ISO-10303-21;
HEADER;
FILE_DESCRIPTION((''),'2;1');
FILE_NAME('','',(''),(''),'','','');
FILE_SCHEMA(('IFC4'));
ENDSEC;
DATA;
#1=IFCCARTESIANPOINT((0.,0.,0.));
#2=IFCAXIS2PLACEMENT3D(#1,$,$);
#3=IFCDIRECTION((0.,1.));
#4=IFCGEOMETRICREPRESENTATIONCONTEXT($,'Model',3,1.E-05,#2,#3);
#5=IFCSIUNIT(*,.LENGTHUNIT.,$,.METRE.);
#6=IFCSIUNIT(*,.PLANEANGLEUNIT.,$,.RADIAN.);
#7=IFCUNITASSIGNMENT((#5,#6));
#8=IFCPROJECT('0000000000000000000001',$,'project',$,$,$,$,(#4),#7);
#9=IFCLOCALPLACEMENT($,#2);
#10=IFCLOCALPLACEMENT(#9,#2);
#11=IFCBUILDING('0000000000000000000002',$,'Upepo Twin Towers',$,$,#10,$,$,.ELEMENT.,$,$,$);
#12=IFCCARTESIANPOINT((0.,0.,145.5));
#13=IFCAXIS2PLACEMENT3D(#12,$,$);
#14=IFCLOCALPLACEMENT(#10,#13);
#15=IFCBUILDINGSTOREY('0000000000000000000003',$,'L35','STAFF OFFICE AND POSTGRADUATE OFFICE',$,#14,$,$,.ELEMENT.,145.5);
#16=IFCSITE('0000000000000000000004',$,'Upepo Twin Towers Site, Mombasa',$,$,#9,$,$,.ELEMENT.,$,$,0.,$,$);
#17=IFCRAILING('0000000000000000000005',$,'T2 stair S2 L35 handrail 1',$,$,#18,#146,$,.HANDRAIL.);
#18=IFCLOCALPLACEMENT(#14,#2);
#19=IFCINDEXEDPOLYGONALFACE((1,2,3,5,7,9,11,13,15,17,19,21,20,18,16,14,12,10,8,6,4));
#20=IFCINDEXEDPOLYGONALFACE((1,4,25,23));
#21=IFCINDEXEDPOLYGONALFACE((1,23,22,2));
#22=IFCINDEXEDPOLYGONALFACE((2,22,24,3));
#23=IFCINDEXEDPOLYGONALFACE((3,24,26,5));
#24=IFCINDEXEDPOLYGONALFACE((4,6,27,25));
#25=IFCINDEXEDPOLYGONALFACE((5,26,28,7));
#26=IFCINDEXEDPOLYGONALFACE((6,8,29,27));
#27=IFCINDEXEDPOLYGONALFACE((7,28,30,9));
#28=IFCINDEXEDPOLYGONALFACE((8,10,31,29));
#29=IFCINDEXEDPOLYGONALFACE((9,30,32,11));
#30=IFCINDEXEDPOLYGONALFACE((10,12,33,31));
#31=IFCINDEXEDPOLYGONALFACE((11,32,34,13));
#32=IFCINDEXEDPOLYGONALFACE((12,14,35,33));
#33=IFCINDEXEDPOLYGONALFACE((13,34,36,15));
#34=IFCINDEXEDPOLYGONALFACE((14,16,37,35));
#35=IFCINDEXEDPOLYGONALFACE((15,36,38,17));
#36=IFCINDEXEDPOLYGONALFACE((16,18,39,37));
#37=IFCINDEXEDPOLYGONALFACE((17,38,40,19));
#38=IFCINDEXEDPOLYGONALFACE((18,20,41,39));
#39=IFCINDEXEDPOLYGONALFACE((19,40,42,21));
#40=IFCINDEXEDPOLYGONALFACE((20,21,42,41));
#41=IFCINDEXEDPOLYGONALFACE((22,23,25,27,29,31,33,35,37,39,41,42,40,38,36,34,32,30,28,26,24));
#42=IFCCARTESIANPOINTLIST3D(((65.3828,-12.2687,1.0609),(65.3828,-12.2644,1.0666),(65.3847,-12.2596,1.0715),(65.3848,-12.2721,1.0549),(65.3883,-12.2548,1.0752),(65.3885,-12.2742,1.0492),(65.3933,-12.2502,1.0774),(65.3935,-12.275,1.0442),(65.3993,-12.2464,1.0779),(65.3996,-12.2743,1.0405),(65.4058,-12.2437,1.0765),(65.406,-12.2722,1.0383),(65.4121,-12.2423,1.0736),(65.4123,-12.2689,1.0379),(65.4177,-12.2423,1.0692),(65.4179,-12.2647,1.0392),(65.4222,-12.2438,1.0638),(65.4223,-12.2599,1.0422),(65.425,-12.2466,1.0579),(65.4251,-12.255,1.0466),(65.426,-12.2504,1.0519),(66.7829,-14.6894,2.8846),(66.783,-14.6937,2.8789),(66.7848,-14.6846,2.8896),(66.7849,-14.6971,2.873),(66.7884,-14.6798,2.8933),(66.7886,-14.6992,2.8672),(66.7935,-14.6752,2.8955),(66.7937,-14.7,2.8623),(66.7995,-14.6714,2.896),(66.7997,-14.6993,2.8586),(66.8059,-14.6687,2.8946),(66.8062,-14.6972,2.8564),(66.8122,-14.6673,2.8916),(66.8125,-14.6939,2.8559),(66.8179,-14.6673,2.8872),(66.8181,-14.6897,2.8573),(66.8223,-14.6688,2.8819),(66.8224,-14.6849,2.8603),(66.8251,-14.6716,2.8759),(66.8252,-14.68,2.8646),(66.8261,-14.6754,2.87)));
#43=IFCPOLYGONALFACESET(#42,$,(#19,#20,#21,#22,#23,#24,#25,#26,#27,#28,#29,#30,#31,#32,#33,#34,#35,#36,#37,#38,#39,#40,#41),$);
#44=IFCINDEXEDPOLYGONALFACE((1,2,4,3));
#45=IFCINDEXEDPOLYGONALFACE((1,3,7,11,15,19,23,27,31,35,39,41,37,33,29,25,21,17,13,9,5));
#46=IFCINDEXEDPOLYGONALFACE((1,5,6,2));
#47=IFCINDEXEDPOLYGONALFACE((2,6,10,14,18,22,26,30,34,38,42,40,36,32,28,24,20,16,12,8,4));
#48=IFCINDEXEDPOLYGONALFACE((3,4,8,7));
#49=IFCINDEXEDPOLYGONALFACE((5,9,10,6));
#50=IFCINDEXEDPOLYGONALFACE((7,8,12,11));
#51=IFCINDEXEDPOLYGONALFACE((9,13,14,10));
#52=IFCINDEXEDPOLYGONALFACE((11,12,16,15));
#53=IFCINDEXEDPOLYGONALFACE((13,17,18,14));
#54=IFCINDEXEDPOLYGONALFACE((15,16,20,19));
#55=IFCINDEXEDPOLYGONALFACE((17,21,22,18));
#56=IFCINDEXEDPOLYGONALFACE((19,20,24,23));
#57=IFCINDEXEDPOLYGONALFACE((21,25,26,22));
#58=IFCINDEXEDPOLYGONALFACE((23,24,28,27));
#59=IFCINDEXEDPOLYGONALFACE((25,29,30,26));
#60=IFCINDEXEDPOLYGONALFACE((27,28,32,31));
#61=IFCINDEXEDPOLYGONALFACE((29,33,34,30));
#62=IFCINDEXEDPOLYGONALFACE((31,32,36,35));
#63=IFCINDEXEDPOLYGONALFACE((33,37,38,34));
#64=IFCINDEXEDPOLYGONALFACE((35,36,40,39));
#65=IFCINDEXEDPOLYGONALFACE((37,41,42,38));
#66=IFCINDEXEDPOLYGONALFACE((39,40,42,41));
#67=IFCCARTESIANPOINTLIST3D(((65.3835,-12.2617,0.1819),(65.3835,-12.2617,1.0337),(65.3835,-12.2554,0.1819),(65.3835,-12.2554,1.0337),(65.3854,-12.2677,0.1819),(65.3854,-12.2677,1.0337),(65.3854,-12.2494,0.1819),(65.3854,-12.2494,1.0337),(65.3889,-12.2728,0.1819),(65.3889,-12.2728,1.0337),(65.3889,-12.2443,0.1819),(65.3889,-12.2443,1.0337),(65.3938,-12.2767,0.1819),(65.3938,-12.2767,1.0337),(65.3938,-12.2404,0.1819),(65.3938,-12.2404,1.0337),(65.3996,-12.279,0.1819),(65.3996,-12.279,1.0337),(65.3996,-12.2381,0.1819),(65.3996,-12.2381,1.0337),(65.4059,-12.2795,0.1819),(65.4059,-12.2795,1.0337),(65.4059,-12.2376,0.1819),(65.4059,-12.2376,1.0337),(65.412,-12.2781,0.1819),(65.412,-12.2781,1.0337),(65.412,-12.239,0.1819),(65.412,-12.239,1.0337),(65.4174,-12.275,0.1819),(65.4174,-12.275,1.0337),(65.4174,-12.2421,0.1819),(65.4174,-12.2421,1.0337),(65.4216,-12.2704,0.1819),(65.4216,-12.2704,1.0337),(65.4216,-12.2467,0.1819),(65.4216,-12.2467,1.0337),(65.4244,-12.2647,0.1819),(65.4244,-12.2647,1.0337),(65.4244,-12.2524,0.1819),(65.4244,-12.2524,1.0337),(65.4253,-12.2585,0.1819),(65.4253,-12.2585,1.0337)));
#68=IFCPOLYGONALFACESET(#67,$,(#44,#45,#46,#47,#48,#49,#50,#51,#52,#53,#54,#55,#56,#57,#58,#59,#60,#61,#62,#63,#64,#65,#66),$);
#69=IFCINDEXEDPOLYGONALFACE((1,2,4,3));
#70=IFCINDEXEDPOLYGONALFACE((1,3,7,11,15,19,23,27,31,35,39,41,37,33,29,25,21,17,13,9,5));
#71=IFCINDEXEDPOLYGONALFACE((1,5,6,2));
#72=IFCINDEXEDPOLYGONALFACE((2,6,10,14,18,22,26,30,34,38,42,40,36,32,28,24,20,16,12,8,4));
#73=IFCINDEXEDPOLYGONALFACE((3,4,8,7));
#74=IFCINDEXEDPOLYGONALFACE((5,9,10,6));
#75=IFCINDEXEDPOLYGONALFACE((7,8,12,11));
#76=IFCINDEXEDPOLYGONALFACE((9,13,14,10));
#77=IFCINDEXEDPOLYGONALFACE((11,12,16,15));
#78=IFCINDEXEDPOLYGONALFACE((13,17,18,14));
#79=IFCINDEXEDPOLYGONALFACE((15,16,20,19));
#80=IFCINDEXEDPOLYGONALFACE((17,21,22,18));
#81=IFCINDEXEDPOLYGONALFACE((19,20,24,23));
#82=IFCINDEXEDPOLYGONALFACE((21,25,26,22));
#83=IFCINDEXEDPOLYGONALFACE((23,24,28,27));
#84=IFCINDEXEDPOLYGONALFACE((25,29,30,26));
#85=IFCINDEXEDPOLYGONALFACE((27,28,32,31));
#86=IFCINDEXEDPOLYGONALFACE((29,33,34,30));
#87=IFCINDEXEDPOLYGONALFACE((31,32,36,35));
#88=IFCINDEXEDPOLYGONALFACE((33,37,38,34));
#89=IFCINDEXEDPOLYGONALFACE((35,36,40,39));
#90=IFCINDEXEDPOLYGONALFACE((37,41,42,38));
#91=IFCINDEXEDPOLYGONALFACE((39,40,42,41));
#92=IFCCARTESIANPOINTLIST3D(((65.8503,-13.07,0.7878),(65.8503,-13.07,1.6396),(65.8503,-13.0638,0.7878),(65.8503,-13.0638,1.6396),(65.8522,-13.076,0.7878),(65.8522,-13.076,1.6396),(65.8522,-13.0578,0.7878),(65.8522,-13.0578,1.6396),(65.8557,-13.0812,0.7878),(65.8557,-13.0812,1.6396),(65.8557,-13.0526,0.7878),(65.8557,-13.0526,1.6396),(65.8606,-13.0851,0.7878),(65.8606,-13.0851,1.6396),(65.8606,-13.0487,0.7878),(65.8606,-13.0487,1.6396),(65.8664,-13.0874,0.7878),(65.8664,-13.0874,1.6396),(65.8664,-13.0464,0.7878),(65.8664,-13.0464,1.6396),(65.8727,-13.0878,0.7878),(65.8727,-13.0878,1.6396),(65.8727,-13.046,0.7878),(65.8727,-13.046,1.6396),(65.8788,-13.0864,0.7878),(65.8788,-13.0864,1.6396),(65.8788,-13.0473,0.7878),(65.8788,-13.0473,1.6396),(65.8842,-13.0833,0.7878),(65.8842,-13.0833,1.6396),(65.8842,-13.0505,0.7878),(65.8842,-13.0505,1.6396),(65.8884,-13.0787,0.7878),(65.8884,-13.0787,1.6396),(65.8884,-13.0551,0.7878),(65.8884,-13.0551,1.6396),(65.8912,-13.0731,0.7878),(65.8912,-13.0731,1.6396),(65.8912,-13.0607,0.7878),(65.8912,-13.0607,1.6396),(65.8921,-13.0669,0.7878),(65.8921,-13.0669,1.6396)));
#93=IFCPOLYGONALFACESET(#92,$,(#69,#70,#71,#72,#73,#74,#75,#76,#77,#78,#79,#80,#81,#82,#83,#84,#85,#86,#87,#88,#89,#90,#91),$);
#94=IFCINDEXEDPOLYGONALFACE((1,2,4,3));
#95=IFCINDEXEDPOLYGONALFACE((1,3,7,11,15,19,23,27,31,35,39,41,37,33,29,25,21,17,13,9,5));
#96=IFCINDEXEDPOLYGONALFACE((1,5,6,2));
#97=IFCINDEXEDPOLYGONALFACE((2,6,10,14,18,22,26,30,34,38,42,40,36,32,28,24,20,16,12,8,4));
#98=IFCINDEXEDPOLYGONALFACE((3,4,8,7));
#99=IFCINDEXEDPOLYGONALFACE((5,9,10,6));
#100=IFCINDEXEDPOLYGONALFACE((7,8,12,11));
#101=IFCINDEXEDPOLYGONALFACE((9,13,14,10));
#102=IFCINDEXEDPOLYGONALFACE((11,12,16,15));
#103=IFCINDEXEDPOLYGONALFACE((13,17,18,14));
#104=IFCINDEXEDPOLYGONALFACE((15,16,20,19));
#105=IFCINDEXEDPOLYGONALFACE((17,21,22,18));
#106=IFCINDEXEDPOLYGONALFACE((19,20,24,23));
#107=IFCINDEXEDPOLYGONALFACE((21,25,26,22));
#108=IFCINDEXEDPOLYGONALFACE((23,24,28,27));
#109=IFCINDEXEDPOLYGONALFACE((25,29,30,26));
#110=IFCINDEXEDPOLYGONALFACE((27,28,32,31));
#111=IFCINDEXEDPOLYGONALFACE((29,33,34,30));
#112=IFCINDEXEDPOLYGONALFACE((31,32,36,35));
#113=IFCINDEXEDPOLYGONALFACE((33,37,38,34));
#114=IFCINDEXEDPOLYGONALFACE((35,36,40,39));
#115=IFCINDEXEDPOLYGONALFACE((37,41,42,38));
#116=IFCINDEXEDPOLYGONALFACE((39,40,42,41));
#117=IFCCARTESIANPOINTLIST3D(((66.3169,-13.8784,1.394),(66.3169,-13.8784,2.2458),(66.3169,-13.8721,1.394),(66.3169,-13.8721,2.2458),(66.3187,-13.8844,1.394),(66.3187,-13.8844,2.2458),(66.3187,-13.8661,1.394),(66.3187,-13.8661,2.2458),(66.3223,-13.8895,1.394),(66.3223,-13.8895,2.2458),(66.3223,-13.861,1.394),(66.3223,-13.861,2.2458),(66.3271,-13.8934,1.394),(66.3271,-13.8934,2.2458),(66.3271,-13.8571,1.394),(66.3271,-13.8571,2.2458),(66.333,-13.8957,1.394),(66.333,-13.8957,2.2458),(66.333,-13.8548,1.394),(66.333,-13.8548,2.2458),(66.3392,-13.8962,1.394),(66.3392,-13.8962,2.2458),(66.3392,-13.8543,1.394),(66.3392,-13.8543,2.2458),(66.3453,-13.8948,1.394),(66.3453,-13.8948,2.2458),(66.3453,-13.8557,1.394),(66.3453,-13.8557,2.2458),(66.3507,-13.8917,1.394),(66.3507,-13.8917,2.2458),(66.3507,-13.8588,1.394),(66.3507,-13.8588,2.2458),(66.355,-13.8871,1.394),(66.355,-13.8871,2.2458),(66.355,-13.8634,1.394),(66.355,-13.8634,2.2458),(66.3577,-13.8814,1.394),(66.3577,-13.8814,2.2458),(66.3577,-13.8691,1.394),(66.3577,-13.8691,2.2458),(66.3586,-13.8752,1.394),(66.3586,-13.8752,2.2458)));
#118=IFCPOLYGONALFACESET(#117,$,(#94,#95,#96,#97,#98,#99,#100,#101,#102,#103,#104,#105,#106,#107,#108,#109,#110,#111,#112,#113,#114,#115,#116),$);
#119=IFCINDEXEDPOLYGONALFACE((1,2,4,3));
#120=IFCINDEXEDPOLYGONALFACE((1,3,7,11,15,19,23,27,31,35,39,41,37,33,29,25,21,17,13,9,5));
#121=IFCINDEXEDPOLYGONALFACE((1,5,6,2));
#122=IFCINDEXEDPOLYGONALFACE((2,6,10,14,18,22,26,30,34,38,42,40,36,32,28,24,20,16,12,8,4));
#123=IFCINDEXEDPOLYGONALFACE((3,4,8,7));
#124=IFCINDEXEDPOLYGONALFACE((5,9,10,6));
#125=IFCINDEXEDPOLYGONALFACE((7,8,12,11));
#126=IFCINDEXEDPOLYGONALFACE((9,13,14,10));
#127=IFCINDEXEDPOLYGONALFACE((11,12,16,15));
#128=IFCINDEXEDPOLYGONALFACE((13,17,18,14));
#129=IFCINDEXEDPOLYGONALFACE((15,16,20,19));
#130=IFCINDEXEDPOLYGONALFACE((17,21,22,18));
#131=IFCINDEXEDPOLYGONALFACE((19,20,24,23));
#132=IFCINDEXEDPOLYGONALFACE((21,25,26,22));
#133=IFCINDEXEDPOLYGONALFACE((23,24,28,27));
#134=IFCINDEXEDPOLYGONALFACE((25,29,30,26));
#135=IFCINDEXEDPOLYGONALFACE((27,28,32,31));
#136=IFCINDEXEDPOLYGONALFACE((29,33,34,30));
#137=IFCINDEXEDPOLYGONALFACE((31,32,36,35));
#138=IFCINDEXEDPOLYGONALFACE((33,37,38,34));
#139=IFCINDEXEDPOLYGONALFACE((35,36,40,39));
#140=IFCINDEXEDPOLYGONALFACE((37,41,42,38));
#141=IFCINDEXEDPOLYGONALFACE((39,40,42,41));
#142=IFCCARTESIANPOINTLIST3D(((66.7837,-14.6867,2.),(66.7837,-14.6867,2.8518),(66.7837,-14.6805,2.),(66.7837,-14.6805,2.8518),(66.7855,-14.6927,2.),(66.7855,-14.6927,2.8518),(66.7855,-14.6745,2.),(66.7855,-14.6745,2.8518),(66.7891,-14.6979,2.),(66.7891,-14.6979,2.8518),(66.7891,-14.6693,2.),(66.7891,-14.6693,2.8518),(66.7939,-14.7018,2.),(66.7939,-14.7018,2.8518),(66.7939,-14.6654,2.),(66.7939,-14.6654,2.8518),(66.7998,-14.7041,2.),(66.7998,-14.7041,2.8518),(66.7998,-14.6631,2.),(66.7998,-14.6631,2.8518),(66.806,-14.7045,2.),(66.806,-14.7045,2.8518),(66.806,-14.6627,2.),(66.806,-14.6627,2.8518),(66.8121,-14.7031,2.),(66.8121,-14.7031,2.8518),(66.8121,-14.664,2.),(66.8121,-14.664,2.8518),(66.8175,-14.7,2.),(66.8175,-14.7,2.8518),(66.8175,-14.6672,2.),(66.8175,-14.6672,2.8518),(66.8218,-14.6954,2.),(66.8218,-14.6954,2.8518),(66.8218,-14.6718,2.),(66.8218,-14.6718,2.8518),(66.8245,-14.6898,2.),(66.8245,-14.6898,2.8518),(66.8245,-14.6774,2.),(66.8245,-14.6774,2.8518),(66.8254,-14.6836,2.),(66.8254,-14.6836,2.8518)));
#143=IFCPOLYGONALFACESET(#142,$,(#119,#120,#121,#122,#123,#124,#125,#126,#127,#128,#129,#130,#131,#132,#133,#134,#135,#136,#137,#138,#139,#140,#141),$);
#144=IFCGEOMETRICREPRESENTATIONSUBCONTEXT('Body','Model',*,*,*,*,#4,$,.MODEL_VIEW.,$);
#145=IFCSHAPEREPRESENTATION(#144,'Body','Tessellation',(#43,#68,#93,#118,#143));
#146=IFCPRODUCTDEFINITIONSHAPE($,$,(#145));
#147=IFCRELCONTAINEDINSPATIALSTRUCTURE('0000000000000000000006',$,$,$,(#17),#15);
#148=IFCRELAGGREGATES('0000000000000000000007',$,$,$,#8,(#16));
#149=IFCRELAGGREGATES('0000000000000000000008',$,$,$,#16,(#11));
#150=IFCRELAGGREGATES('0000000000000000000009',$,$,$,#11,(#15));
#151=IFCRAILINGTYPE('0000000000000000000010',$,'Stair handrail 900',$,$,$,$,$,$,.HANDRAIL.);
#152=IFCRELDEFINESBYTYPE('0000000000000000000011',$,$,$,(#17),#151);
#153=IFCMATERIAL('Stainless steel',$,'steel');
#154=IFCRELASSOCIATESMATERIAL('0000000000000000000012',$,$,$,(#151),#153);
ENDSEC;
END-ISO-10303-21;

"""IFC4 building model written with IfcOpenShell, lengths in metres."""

from ifc_helpers import new_model, si_unit, direction, frame, origin, origin_2d, place, context, subcontext, project, spatial, circle, extrude, material, type_object, element, save


model = new_model("IFC4")

# Units and contexts
model_context = context("Model", 3, precision=1e-05, world=origin(), true_north=direction((0.0, 1.0)))
body_context = subcontext(model_context, "Body", "Model", "MODEL_VIEW")
ifc_project = project(units=[si_unit("LENGTHUNIT", "METRE"), si_unit("PLANEANGLEUNIT", "RADIAN")], contexts=[model_context])

# Site, building, storey
site_placement = place(None, origin())
site = spatial("IfcSite", under=ifc_project, at=site_placement, Name="Upepo Twin Towers Site, Mombasa", CompositionType="ELEMENT", RefElevation=0.0)
building_placement = place(site_placement, origin())
building = spatial("IfcBuilding", under=site, at=building_placement, Name="Upepo Twin Towers", CompositionType="ELEMENT")
storey_placement = place(building_placement, frame((0.0, 0.0, 145.5)))
storey = spatial("IfcBuildingStorey", under=building, at=storey_placement, Name="L35", Description="STAFF OFFICE AND POSTGRADUATE OFFICE", CompositionType="ELEMENT", Elevation=145.5)

# Railing
ifc_material_1 = material(Name="Stainless steel", Category="steel")
railing_type = type_object("IfcRailingType", Name="Stair handrail 900", PredefinedType="HANDRAIL", material=ifc_material_1)
railing_1_placement = place(storey_placement, frame((65.4043, -12.2585, 0.1819)))
element("IfcRailing", 1, at=railing_1_placement, inside=storey, type_object=railing_type, Name="T2 stair S2 L35 handrail 1", PredefinedType="HANDRAIL", context=body_context, shape_type="SweptSolid", body=[
    extrude(circle(Radius=0.0239, at=origin_2d()), frame((0.0, 0.0, 0.876), z_axis=(0.419371, -0.726349, 0.54456), x_axis=(0.866019, 0.500012, 0.0)), (0.0, 0.0, 1.0), 3.3386),
    extrude(circle(Radius=0.021, at=origin_2d()), origin(), (0.0, 0.0, 1.0), 0.8518),
    extrude(circle(Radius=0.021, at=origin_2d()), frame((0.4668, -0.8083, 0.606)), (0.0, 0.0, 1.0), 0.8518),
    extrude(circle(Radius=0.021, at=origin_2d()), frame((0.9333, -1.6167, 1.2122)), (0.0, 0.0, 1.0), 0.8518),
    extrude(circle(Radius=0.021, at=origin_2d()), frame((1.4001, -2.425, 1.8181)), (0.0, 0.0, 1.0), 0.8518),
])

save(model, "model.ifc")
